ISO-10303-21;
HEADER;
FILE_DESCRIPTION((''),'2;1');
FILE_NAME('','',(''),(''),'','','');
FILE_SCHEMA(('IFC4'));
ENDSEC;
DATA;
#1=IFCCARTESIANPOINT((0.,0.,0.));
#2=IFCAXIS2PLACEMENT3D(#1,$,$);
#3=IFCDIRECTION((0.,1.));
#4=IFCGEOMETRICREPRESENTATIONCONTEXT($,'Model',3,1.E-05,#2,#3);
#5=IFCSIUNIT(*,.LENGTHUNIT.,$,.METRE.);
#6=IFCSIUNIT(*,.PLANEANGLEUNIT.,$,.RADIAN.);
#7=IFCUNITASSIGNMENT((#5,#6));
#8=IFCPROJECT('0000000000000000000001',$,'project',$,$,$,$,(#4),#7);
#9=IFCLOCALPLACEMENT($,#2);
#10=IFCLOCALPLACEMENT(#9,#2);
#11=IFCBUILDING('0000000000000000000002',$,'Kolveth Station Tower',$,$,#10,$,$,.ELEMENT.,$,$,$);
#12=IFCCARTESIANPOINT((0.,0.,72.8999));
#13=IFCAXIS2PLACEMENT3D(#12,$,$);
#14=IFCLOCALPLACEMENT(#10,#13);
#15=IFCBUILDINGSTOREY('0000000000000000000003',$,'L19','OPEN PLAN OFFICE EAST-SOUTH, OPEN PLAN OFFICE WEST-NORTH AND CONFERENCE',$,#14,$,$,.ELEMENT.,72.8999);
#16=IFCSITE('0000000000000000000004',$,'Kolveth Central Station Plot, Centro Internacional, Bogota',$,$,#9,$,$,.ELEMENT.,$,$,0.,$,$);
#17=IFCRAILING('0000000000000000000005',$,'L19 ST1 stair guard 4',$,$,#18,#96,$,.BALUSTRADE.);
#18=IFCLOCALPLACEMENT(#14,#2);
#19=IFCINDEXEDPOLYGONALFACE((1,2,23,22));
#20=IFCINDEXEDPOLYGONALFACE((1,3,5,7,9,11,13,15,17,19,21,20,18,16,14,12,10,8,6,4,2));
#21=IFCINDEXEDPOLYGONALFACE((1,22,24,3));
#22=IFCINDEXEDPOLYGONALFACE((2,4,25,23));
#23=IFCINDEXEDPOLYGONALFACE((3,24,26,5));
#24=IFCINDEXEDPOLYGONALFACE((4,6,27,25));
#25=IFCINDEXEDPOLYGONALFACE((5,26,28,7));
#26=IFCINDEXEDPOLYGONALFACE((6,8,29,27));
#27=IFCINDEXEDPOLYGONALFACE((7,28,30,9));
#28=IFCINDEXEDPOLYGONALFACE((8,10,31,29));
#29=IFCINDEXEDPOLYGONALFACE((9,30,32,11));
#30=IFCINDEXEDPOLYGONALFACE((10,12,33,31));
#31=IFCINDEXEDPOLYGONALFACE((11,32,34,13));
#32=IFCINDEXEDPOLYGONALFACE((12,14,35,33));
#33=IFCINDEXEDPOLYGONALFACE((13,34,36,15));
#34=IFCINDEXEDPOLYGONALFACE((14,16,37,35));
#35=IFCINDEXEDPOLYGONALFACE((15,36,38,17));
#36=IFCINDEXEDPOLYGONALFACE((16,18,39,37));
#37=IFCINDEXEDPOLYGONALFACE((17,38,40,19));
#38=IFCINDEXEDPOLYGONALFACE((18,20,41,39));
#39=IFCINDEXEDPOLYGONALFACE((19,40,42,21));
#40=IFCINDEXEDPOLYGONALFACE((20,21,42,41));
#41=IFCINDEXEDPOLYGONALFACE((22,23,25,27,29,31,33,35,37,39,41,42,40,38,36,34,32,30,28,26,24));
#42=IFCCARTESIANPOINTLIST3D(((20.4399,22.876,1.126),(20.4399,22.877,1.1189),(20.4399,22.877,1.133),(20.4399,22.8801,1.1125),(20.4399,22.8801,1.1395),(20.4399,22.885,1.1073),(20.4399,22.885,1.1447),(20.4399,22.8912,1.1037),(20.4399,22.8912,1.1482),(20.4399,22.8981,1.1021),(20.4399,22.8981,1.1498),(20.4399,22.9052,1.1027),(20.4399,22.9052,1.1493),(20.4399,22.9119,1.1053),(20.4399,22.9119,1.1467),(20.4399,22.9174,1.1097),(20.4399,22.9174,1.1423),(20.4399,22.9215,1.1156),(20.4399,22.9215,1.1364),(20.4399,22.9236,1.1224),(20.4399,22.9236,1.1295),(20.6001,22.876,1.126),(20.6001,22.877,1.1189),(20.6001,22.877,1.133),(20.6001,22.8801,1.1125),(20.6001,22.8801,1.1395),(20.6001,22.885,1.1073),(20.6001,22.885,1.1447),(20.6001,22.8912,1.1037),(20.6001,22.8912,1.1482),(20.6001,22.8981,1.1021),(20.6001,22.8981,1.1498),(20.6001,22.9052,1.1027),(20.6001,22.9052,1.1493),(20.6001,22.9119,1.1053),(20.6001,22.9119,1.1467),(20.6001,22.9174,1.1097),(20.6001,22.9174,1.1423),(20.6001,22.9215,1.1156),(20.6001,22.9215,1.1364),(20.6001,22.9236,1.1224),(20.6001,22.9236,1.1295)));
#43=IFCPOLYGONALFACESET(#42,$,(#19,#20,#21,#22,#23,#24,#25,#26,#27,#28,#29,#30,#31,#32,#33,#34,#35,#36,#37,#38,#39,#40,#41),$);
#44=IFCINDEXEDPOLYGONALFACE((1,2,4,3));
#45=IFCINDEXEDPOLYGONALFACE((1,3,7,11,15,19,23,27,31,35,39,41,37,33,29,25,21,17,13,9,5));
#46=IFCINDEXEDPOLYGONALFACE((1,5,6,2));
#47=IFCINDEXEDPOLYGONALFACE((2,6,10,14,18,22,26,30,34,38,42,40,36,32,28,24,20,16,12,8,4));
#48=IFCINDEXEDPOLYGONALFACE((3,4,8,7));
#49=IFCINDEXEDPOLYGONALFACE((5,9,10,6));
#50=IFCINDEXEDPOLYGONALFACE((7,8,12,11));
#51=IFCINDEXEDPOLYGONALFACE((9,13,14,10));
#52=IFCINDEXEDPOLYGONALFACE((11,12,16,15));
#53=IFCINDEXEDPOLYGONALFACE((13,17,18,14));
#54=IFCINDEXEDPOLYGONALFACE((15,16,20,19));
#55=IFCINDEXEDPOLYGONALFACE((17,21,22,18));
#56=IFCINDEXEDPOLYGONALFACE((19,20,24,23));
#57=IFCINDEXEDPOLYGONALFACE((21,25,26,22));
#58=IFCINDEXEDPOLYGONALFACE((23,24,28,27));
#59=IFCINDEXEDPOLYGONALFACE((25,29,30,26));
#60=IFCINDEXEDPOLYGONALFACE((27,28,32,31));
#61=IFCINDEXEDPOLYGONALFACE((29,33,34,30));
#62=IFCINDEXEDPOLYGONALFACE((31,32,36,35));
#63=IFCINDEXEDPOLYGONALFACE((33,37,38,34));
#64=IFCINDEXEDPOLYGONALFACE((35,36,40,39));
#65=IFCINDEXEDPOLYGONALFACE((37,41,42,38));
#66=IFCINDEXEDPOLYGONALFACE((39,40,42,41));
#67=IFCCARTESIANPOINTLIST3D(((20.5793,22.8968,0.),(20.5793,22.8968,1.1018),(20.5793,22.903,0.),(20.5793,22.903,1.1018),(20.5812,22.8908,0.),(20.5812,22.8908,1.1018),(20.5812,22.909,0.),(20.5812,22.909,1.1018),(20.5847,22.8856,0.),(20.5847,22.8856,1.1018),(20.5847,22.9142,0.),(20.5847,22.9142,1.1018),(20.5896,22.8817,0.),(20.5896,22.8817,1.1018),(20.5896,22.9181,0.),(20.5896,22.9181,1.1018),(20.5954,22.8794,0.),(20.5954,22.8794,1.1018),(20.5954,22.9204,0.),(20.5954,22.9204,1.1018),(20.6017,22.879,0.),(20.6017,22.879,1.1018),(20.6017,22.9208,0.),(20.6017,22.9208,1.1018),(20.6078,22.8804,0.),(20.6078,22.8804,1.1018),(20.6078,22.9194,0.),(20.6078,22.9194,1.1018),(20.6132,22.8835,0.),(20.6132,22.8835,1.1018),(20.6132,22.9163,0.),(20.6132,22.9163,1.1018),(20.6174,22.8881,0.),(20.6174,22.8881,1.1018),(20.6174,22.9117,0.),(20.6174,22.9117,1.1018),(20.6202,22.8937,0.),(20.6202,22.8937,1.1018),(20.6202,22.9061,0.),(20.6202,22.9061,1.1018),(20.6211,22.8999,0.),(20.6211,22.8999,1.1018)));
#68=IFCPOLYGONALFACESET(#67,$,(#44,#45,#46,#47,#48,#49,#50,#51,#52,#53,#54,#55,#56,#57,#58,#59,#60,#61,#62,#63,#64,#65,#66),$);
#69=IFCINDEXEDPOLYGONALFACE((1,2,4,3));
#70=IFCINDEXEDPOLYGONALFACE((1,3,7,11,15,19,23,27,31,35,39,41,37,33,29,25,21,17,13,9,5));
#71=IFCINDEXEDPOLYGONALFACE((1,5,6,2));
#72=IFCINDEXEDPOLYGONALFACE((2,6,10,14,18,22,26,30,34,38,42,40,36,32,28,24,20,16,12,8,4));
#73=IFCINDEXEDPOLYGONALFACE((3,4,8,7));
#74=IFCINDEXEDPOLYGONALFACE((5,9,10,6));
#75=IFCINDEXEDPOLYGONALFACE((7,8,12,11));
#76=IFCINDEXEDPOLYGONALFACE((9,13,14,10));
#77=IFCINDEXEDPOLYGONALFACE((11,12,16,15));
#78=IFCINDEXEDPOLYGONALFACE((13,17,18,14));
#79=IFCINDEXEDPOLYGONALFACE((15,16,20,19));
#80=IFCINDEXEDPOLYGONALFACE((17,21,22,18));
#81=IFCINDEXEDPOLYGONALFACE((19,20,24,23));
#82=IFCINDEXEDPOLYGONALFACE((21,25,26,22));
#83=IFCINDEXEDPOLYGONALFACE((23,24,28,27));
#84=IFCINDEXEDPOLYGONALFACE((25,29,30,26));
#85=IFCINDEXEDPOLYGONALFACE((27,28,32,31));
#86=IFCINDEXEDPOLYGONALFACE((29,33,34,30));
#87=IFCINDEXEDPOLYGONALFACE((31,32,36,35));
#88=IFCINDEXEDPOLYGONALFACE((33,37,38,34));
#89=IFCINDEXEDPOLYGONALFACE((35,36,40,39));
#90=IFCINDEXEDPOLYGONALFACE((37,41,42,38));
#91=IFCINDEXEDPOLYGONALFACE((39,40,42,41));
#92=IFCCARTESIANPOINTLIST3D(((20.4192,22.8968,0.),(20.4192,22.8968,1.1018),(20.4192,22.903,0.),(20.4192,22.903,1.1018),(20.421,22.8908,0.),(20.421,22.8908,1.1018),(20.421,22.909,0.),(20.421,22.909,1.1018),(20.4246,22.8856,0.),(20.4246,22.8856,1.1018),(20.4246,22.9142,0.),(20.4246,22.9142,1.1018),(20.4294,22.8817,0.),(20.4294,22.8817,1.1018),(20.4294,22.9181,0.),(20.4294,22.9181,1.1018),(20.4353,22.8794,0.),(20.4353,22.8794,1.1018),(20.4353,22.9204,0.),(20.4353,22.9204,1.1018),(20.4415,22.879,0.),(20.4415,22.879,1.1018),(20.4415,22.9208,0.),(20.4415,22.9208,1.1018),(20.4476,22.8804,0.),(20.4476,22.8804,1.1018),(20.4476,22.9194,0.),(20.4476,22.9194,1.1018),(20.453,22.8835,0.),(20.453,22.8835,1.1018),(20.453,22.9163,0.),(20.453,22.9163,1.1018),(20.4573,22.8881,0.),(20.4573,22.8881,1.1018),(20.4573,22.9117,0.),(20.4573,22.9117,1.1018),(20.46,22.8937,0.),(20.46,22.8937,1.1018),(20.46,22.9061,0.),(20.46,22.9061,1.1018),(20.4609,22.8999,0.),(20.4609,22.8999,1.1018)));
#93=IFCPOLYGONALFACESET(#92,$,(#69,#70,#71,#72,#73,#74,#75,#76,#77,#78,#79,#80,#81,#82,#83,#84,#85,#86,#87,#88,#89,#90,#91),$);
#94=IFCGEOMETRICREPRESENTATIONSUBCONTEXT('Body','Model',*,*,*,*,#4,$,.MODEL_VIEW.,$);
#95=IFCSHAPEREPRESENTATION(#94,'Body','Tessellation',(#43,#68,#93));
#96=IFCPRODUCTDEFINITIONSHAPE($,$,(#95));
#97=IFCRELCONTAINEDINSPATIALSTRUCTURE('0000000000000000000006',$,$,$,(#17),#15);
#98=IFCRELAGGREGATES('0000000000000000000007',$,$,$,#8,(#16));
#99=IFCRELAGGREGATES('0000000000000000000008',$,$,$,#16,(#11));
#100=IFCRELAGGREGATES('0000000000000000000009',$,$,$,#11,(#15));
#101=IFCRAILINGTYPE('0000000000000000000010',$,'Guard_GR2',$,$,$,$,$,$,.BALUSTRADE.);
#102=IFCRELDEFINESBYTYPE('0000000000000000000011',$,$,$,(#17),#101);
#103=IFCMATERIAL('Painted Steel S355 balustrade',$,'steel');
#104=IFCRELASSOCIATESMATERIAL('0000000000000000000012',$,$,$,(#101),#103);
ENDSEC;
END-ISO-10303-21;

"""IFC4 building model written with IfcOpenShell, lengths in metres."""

from ifc_helpers import new_model, si_unit, direction, frame, origin, origin_2d, place, context, subcontext, project, spatial, circle, extrude, material, type_object, element, save


model = new_model("IFC4")

# Units and contexts
model_context = context("Model", 3, precision=1e-05, world=origin(), true_north=direction((0.0, 1.0)))
body_context = subcontext(model_context, "Body", "Model", "MODEL_VIEW")
ifc_project = project(units=[si_unit("LENGTHUNIT", "METRE"), si_unit("PLANEANGLEUNIT", "RADIAN")], contexts=[model_context])

# Site, building, storey
site_placement = place(None, origin())
site = spatial("IfcSite", under=ifc_project, at=site_placement, Name="Kolveth Central Station Plot, Centro Internacional, Bogota", CompositionType="ELEMENT", RefElevation=0.0)
building_placement = place(site_placement, origin())
building = spatial("IfcBuilding", under=site, at=building_placement, Name="Kolveth Station Tower", CompositionType="ELEMENT")
storey_placement = place(building_placement, frame((0.0, 0.0, 72.8999)))
storey = spatial("IfcBuildingStorey", under=building, at=storey_placement, Name="L19", Description="OPEN PLAN OFFICE EAST-SOUTH, OPEN PLAN OFFICE WEST-NORTH AND CONFERENCE", CompositionType="ELEMENT", Elevation=72.8999)

# Railing
ifc_material_1 = material(Name="Painted Steel S355 balustrade", Category="steel")
railing_type_1 = type_object("IfcRailingType", Name="Guard_GR2", PredefinedType="BALUSTRADE", material=ifc_material_1)
railing_1_placement = place(storey_placement, frame((20.6001, 22.8999, 0.0)))
element("IfcRailing", 1, at=railing_1_placement, inside=storey, type_object=railing_type_1, Name="L19 ST1 stair guard 4", PredefinedType="BALUSTRADE", context=body_context, shape_type="SweptSolid", body=[
    extrude(circle(Radius=0.0239, at=origin_2d()), frame((0.0, 0.0, 1.126), z_axis=(-1.0, 0.0, 0.0), x_axis=(0.0, -1.0, 0.0)), (0.0, 0.0, 1.0), 0.1602),
    extrude(circle(Radius=0.021, at=origin_2d()), origin(), (0.0, 0.0, 1.0), 1.1018),
    extrude(circle(Radius=0.021, at=origin_2d()), frame((-0.1602, 0.0, 0.0)), (0.0, 0.0, 1.0), 1.1018),
])

save(model, "model.ifc")
